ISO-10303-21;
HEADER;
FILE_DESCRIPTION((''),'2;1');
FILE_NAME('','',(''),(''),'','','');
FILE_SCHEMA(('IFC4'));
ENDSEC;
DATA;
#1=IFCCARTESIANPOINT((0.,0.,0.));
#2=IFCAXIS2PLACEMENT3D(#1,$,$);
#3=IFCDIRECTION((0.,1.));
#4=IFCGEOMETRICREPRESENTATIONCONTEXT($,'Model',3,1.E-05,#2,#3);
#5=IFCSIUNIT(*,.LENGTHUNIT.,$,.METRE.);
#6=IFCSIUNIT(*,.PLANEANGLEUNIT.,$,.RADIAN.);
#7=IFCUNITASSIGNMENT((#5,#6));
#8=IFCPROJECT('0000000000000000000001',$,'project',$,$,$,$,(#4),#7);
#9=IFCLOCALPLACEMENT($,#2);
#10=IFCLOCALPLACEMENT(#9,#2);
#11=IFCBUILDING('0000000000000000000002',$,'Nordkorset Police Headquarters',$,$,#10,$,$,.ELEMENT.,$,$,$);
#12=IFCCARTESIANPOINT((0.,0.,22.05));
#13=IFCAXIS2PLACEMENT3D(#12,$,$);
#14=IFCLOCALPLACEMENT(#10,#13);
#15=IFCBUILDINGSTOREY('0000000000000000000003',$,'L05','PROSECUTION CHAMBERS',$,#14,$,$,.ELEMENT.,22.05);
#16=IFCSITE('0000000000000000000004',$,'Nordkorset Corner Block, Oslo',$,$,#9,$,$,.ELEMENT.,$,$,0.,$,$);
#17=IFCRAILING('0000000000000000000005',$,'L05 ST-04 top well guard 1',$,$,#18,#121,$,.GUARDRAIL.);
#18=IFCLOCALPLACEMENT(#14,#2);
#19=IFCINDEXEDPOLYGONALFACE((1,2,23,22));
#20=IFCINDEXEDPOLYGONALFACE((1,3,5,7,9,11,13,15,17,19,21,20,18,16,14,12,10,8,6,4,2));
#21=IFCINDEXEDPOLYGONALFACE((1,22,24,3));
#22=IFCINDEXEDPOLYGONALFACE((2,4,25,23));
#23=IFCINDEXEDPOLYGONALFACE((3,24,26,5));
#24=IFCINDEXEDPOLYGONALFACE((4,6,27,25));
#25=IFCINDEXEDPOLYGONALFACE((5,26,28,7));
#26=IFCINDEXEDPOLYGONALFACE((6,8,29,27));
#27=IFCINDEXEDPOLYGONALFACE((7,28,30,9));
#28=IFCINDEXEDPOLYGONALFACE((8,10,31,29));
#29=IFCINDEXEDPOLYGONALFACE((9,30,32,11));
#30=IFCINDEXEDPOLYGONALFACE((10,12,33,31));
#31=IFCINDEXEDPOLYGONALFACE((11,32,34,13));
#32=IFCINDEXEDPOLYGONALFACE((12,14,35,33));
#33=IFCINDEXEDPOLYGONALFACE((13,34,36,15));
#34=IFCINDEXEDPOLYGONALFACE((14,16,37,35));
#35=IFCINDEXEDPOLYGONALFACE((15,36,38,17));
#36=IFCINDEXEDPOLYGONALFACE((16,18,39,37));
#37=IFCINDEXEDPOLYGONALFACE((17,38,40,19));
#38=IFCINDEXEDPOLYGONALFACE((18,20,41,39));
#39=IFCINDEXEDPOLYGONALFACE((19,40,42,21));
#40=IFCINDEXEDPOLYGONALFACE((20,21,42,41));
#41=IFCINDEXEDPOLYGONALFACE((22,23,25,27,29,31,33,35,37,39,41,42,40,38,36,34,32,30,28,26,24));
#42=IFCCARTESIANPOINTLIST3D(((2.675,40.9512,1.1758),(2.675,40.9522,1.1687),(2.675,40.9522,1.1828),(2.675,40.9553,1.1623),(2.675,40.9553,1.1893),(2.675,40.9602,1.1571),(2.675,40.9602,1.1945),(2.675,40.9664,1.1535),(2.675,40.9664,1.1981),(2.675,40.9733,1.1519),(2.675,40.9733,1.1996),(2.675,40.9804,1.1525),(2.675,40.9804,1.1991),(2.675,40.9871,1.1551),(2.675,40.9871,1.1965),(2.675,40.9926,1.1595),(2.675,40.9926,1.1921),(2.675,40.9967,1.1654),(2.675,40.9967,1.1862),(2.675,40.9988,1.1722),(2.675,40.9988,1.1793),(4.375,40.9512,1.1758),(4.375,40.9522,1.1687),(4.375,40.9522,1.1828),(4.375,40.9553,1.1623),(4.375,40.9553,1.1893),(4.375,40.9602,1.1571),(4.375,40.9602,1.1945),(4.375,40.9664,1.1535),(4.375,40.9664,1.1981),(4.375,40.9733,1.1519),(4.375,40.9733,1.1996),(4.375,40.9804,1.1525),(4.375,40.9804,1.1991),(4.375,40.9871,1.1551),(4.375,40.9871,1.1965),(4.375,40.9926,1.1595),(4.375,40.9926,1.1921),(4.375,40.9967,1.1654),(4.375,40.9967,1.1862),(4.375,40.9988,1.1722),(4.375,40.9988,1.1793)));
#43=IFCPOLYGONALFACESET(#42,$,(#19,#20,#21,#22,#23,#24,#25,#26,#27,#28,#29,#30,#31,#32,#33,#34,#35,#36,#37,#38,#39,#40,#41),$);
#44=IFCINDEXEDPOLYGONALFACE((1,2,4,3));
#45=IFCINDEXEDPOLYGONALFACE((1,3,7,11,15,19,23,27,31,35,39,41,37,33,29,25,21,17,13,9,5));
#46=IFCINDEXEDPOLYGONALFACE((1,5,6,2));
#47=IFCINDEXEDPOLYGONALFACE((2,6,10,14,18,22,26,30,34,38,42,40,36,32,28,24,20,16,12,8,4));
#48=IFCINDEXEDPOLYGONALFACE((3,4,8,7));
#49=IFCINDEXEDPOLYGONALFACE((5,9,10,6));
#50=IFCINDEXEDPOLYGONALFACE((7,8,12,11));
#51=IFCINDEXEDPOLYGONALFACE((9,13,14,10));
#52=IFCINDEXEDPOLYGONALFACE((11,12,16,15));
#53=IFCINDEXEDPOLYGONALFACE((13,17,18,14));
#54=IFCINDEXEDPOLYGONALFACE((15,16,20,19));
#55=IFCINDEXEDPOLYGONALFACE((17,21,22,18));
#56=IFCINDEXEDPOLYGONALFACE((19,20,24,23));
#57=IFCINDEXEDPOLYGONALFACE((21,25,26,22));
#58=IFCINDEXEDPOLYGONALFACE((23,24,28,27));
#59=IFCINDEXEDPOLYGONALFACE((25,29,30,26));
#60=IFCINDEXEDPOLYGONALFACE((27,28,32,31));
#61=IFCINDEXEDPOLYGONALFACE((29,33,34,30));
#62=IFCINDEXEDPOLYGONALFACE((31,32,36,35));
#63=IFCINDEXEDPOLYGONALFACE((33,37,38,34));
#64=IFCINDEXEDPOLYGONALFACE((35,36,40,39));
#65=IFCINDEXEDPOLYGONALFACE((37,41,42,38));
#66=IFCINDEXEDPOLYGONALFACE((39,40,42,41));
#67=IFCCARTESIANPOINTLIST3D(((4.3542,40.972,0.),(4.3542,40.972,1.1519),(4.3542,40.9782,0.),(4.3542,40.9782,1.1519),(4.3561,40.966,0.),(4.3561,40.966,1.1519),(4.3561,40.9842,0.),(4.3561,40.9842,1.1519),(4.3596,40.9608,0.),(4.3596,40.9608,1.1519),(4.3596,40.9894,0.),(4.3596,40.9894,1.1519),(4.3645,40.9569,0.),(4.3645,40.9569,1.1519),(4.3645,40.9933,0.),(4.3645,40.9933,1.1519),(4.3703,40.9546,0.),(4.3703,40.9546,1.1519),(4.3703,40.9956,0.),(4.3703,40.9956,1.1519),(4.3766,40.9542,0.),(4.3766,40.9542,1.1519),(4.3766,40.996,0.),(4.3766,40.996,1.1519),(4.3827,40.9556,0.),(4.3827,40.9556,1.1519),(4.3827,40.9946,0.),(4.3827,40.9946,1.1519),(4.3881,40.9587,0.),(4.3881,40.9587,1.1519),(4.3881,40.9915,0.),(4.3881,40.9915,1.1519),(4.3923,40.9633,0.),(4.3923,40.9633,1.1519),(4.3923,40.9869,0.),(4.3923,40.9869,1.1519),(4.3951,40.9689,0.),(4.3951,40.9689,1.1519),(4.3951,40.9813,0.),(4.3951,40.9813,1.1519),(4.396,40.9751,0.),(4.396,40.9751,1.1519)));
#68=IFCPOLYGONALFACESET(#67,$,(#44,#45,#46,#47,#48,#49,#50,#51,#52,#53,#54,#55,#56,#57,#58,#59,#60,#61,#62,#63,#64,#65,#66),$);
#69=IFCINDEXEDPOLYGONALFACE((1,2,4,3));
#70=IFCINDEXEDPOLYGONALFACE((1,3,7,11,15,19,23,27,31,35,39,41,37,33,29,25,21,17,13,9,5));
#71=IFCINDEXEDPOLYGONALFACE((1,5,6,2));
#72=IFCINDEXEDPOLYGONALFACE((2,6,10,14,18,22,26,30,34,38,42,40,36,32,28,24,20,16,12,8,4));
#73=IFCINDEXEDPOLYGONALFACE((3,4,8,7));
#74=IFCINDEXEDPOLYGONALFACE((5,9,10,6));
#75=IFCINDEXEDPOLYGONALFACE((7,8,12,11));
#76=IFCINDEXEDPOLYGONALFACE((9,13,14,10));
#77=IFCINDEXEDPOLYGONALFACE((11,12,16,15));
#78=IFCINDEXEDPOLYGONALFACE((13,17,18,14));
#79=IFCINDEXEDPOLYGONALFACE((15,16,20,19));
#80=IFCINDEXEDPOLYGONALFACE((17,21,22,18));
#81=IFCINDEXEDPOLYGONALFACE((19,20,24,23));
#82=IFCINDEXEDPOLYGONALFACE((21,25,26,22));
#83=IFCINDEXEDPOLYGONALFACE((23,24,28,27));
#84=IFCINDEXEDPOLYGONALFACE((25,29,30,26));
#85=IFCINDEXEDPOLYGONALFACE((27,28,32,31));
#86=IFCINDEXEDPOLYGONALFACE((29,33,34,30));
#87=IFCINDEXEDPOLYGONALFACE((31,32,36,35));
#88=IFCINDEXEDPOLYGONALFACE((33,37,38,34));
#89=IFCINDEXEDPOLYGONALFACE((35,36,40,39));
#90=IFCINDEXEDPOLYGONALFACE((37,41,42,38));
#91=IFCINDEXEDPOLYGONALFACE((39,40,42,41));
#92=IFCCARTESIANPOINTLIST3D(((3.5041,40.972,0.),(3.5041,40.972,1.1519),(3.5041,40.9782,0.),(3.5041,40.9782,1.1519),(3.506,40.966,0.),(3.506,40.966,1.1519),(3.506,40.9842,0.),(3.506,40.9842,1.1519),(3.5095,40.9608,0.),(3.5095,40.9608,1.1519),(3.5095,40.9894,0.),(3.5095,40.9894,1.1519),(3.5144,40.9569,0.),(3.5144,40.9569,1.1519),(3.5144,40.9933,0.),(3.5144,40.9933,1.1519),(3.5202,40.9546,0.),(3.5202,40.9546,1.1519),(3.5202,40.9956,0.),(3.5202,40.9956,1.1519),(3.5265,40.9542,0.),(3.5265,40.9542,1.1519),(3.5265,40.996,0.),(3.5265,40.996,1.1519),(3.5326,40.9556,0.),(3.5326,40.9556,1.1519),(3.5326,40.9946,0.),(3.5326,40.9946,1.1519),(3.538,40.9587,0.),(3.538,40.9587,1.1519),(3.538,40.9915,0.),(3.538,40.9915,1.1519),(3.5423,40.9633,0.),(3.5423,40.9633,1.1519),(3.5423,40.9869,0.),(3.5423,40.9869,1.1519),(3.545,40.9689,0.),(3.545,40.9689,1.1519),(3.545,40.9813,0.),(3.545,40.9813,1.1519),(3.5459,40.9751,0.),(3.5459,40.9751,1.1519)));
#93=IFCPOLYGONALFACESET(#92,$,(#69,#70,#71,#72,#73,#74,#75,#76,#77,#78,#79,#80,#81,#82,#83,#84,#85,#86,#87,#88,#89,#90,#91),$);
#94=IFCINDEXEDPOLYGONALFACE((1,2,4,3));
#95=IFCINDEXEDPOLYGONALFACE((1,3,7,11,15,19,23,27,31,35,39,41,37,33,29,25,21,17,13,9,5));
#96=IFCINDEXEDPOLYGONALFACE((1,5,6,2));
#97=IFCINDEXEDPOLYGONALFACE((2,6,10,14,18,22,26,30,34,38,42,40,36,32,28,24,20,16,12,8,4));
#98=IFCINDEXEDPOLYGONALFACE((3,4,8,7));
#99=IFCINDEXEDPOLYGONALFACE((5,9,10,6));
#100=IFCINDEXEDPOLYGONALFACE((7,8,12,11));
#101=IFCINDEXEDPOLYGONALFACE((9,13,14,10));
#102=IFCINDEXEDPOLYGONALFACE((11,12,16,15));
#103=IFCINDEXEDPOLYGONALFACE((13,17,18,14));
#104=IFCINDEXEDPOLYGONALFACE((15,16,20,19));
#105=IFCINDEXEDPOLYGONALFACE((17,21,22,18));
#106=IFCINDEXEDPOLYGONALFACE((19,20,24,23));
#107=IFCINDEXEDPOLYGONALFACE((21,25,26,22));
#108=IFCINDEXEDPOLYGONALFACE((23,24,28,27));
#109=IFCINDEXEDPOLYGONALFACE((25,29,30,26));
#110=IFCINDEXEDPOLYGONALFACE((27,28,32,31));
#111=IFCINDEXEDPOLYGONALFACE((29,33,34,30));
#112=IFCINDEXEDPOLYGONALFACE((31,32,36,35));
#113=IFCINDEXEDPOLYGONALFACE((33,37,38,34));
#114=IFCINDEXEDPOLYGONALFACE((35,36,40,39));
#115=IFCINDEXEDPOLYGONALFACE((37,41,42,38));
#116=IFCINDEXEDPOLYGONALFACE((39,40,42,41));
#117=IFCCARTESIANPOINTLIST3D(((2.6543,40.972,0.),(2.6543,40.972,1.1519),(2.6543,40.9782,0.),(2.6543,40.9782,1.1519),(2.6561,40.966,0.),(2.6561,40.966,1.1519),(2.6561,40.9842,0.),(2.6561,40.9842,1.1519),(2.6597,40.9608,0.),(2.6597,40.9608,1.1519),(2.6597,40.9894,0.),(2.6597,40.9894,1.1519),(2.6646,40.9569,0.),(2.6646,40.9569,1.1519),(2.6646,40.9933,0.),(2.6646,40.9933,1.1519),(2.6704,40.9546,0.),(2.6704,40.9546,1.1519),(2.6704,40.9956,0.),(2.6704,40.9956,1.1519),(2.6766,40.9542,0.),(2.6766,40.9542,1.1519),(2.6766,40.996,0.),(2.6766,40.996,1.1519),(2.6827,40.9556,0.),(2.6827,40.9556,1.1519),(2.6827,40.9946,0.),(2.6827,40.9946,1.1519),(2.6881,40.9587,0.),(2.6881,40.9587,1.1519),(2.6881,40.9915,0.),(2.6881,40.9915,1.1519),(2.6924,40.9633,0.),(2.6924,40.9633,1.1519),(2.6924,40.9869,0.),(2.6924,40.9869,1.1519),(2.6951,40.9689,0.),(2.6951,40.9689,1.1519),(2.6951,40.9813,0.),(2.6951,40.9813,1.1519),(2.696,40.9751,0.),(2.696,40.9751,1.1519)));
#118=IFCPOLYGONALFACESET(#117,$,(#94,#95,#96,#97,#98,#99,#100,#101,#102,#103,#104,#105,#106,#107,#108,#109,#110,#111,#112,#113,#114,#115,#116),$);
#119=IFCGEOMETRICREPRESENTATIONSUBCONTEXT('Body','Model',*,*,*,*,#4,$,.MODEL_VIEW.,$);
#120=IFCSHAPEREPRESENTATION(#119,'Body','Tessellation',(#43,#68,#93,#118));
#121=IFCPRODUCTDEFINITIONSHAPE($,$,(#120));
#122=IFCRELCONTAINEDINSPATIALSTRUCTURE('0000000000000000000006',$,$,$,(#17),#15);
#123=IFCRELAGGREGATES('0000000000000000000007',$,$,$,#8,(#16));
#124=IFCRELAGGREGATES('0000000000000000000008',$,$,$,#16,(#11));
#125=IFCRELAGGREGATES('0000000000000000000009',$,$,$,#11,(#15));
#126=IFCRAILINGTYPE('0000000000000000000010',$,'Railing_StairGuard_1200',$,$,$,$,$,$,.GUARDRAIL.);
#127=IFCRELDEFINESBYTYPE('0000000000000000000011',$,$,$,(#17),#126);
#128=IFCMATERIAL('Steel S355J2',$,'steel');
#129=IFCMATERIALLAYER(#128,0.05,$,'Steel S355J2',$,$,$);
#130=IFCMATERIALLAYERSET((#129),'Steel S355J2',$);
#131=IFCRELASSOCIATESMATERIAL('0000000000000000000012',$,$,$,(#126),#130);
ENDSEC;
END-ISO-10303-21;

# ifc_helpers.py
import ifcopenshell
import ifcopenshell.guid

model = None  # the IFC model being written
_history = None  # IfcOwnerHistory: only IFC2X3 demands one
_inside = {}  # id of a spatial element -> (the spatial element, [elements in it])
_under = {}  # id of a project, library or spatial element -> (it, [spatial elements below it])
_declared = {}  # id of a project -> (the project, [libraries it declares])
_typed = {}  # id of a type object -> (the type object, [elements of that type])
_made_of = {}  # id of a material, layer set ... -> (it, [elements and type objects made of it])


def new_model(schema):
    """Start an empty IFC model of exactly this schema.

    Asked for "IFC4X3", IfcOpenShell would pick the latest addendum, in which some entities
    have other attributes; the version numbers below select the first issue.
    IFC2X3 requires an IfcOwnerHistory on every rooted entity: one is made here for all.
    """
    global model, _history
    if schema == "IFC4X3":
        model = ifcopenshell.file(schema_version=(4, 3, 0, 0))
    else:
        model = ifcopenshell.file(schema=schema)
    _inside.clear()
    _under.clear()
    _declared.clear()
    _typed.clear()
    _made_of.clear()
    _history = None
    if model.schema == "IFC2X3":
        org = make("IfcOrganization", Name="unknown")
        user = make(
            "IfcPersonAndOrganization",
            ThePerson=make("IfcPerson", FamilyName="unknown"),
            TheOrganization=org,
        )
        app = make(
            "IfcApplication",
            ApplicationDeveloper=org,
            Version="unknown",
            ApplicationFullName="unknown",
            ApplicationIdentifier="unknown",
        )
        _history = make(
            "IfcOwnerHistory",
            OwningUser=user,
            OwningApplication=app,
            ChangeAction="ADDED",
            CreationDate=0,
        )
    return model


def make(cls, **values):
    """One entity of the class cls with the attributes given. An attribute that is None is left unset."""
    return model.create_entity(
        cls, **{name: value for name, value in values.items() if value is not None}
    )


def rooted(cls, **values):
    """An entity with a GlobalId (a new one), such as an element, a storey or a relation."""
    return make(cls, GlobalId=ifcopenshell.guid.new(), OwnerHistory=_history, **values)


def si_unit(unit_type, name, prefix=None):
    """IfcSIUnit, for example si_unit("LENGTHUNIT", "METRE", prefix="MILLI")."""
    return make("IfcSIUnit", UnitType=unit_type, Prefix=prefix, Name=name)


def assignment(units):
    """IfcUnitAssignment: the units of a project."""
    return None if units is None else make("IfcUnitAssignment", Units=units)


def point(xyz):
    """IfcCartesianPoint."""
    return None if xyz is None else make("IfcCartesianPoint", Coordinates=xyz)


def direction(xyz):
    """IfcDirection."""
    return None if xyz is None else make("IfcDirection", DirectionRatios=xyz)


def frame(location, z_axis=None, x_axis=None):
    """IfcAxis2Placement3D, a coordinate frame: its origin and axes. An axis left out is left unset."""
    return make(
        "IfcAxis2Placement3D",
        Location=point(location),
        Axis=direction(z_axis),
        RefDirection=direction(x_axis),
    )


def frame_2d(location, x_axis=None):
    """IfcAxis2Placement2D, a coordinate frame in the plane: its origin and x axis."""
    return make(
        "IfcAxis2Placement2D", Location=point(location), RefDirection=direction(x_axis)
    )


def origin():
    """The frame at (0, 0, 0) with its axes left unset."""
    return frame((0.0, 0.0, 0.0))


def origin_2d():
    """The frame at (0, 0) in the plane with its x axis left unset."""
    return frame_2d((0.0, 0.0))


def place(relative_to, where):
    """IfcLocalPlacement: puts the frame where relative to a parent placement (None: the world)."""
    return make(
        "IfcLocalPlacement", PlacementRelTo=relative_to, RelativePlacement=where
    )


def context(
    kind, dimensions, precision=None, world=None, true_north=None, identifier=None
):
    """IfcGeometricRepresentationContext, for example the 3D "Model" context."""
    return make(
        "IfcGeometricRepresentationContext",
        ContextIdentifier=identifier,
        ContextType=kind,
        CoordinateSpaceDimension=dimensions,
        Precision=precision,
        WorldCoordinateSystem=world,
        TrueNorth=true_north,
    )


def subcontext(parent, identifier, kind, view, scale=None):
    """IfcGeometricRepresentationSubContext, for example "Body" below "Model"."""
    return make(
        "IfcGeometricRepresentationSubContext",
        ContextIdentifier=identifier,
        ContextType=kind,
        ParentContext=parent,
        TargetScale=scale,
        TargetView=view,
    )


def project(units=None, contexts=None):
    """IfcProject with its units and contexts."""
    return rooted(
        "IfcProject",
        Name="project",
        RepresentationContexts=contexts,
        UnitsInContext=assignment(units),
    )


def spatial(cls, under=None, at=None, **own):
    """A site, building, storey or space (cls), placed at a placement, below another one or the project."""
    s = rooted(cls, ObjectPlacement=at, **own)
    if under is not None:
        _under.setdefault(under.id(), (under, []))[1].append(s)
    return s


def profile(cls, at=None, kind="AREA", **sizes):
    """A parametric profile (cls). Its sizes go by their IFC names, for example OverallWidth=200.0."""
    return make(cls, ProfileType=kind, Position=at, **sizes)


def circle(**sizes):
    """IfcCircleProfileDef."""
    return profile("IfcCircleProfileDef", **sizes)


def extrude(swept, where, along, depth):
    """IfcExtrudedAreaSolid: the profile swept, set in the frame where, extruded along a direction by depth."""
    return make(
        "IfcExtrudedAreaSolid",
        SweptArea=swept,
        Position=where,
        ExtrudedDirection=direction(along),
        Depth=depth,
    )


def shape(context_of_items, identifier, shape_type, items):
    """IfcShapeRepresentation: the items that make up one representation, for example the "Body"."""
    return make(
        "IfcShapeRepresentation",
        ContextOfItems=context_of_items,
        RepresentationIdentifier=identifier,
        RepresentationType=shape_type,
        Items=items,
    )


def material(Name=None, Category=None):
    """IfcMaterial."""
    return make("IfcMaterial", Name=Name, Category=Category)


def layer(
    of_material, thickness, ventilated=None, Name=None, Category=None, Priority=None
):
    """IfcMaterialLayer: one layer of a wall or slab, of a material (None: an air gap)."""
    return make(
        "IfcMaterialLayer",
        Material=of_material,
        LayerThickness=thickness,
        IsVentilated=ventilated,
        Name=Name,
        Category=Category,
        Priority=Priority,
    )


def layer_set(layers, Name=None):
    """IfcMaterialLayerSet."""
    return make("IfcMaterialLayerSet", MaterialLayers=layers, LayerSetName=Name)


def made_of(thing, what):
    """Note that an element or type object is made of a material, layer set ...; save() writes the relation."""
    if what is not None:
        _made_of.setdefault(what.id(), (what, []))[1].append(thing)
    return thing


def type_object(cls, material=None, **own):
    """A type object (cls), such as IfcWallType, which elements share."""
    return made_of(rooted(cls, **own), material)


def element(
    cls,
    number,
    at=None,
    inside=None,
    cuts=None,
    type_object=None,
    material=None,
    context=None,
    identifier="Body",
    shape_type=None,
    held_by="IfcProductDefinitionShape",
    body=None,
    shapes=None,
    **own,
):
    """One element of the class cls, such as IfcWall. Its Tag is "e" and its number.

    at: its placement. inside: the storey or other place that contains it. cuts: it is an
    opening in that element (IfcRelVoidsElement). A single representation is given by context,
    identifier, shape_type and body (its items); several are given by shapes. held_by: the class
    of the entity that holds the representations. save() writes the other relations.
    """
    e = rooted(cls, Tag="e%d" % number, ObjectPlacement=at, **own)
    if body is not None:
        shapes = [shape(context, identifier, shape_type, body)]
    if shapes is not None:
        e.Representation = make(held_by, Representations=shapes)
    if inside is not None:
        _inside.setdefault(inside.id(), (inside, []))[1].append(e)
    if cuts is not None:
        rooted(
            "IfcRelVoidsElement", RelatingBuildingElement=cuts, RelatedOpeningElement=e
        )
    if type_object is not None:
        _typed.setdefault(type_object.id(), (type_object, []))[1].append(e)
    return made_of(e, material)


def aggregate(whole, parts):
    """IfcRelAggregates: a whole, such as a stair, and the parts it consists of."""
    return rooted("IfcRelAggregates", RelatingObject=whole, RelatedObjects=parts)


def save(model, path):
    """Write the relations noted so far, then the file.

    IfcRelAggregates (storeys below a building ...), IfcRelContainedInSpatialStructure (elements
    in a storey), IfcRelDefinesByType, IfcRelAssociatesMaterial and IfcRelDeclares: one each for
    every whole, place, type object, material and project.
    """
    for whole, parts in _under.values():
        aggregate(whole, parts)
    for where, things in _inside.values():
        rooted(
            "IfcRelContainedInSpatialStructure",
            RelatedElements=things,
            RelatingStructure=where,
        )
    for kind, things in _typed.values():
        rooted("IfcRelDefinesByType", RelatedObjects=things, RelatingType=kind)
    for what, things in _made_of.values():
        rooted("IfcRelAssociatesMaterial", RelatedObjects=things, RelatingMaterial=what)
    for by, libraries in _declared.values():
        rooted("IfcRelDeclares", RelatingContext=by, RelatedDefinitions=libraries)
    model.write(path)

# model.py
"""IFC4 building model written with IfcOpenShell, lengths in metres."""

from ifc_helpers import new_model, si_unit, direction, frame, origin, origin_2d, place, context, subcontext, project, spatial, circle, extrude, material, layer, layer_set, type_object, element, save


model = new_model("IFC4")

# Units and contexts
model_context = context("Model", 3, precision=1e-05, world=origin(), true_north=direction((0.0, 1.0)))
body_context = subcontext(model_context, "Body", "Model", "MODEL_VIEW")
ifc_project = project(units=[si_unit("LENGTHUNIT", "METRE"), si_unit("PLANEANGLEUNIT", "RADIAN")], contexts=[model_context])

# Site, building, storey
site_placement = place(None, origin())
site = spatial("IfcSite", under=ifc_project, at=site_placement, Name="Nordkorset Corner Block, Oslo", CompositionType="ELEMENT", RefElevation=0.0)
building_placement = place(site_placement, origin())
building = spatial("IfcBuilding", under=site, at=building_placement, Name="Nordkorset Police Headquarters", CompositionType="ELEMENT")
storey_placement = place(building_placement, frame((0.0, 0.0, 22.05)))
storey = spatial("IfcBuildingStorey", under=building, at=storey_placement, Name="L05", Description="PROSECUTION CHAMBERS", CompositionType="ELEMENT", Elevation=22.05)

# Railing
ifc_material_1 = material(Name="Steel S355J2", Category="steel")
ifc_layer_1 = layer(ifc_material_1, 0.05, Name="Steel S355J2")
ifc_layer_set_1 = layer_set([ifc_layer_1], Name="Steel S355J2")
railing_type = type_object("IfcRailingType", Name="Railing_StairGuard_1200", PredefinedType="GUARDRAIL", material=ifc_layer_set_1)
railing_placement = place(storey_placement, frame((4.375, 40.9751, 0.0)))
element("IfcRailing", 1, at=railing_placement, inside=storey, type_object=railing_type, Name="L05 ST-04 top well guard 1", PredefinedType="GUARDRAIL", context=body_context, shape_type="SweptSolid", body=[
    extrude(circle(Radius=0.0239, at=origin_2d()), frame((0.0, 0.0, 1.1758), z_axis=(-1.0, 0.0, 0.0), x_axis=(0.0, -1.0, 0.0)), (0.0, 0.0, 1.0), 1.7),
    extrude(circle(Radius=0.021, at=origin_2d()), origin(), (0.0, 0.0, 1.0), 1.1519),
    extrude(circle(Radius=0.021, at=origin_2d()), frame((-0.8501, 0.0, 0.0)), (0.0, 0.0, 1.0), 1.1519),
    extrude(circle(Radius=0.021, at=origin_2d()), frame((-1.7, 0.0, 0.0)), (0.0, 0.0, 1.0), 1.1519),
])

save(model, "model.ifc")
